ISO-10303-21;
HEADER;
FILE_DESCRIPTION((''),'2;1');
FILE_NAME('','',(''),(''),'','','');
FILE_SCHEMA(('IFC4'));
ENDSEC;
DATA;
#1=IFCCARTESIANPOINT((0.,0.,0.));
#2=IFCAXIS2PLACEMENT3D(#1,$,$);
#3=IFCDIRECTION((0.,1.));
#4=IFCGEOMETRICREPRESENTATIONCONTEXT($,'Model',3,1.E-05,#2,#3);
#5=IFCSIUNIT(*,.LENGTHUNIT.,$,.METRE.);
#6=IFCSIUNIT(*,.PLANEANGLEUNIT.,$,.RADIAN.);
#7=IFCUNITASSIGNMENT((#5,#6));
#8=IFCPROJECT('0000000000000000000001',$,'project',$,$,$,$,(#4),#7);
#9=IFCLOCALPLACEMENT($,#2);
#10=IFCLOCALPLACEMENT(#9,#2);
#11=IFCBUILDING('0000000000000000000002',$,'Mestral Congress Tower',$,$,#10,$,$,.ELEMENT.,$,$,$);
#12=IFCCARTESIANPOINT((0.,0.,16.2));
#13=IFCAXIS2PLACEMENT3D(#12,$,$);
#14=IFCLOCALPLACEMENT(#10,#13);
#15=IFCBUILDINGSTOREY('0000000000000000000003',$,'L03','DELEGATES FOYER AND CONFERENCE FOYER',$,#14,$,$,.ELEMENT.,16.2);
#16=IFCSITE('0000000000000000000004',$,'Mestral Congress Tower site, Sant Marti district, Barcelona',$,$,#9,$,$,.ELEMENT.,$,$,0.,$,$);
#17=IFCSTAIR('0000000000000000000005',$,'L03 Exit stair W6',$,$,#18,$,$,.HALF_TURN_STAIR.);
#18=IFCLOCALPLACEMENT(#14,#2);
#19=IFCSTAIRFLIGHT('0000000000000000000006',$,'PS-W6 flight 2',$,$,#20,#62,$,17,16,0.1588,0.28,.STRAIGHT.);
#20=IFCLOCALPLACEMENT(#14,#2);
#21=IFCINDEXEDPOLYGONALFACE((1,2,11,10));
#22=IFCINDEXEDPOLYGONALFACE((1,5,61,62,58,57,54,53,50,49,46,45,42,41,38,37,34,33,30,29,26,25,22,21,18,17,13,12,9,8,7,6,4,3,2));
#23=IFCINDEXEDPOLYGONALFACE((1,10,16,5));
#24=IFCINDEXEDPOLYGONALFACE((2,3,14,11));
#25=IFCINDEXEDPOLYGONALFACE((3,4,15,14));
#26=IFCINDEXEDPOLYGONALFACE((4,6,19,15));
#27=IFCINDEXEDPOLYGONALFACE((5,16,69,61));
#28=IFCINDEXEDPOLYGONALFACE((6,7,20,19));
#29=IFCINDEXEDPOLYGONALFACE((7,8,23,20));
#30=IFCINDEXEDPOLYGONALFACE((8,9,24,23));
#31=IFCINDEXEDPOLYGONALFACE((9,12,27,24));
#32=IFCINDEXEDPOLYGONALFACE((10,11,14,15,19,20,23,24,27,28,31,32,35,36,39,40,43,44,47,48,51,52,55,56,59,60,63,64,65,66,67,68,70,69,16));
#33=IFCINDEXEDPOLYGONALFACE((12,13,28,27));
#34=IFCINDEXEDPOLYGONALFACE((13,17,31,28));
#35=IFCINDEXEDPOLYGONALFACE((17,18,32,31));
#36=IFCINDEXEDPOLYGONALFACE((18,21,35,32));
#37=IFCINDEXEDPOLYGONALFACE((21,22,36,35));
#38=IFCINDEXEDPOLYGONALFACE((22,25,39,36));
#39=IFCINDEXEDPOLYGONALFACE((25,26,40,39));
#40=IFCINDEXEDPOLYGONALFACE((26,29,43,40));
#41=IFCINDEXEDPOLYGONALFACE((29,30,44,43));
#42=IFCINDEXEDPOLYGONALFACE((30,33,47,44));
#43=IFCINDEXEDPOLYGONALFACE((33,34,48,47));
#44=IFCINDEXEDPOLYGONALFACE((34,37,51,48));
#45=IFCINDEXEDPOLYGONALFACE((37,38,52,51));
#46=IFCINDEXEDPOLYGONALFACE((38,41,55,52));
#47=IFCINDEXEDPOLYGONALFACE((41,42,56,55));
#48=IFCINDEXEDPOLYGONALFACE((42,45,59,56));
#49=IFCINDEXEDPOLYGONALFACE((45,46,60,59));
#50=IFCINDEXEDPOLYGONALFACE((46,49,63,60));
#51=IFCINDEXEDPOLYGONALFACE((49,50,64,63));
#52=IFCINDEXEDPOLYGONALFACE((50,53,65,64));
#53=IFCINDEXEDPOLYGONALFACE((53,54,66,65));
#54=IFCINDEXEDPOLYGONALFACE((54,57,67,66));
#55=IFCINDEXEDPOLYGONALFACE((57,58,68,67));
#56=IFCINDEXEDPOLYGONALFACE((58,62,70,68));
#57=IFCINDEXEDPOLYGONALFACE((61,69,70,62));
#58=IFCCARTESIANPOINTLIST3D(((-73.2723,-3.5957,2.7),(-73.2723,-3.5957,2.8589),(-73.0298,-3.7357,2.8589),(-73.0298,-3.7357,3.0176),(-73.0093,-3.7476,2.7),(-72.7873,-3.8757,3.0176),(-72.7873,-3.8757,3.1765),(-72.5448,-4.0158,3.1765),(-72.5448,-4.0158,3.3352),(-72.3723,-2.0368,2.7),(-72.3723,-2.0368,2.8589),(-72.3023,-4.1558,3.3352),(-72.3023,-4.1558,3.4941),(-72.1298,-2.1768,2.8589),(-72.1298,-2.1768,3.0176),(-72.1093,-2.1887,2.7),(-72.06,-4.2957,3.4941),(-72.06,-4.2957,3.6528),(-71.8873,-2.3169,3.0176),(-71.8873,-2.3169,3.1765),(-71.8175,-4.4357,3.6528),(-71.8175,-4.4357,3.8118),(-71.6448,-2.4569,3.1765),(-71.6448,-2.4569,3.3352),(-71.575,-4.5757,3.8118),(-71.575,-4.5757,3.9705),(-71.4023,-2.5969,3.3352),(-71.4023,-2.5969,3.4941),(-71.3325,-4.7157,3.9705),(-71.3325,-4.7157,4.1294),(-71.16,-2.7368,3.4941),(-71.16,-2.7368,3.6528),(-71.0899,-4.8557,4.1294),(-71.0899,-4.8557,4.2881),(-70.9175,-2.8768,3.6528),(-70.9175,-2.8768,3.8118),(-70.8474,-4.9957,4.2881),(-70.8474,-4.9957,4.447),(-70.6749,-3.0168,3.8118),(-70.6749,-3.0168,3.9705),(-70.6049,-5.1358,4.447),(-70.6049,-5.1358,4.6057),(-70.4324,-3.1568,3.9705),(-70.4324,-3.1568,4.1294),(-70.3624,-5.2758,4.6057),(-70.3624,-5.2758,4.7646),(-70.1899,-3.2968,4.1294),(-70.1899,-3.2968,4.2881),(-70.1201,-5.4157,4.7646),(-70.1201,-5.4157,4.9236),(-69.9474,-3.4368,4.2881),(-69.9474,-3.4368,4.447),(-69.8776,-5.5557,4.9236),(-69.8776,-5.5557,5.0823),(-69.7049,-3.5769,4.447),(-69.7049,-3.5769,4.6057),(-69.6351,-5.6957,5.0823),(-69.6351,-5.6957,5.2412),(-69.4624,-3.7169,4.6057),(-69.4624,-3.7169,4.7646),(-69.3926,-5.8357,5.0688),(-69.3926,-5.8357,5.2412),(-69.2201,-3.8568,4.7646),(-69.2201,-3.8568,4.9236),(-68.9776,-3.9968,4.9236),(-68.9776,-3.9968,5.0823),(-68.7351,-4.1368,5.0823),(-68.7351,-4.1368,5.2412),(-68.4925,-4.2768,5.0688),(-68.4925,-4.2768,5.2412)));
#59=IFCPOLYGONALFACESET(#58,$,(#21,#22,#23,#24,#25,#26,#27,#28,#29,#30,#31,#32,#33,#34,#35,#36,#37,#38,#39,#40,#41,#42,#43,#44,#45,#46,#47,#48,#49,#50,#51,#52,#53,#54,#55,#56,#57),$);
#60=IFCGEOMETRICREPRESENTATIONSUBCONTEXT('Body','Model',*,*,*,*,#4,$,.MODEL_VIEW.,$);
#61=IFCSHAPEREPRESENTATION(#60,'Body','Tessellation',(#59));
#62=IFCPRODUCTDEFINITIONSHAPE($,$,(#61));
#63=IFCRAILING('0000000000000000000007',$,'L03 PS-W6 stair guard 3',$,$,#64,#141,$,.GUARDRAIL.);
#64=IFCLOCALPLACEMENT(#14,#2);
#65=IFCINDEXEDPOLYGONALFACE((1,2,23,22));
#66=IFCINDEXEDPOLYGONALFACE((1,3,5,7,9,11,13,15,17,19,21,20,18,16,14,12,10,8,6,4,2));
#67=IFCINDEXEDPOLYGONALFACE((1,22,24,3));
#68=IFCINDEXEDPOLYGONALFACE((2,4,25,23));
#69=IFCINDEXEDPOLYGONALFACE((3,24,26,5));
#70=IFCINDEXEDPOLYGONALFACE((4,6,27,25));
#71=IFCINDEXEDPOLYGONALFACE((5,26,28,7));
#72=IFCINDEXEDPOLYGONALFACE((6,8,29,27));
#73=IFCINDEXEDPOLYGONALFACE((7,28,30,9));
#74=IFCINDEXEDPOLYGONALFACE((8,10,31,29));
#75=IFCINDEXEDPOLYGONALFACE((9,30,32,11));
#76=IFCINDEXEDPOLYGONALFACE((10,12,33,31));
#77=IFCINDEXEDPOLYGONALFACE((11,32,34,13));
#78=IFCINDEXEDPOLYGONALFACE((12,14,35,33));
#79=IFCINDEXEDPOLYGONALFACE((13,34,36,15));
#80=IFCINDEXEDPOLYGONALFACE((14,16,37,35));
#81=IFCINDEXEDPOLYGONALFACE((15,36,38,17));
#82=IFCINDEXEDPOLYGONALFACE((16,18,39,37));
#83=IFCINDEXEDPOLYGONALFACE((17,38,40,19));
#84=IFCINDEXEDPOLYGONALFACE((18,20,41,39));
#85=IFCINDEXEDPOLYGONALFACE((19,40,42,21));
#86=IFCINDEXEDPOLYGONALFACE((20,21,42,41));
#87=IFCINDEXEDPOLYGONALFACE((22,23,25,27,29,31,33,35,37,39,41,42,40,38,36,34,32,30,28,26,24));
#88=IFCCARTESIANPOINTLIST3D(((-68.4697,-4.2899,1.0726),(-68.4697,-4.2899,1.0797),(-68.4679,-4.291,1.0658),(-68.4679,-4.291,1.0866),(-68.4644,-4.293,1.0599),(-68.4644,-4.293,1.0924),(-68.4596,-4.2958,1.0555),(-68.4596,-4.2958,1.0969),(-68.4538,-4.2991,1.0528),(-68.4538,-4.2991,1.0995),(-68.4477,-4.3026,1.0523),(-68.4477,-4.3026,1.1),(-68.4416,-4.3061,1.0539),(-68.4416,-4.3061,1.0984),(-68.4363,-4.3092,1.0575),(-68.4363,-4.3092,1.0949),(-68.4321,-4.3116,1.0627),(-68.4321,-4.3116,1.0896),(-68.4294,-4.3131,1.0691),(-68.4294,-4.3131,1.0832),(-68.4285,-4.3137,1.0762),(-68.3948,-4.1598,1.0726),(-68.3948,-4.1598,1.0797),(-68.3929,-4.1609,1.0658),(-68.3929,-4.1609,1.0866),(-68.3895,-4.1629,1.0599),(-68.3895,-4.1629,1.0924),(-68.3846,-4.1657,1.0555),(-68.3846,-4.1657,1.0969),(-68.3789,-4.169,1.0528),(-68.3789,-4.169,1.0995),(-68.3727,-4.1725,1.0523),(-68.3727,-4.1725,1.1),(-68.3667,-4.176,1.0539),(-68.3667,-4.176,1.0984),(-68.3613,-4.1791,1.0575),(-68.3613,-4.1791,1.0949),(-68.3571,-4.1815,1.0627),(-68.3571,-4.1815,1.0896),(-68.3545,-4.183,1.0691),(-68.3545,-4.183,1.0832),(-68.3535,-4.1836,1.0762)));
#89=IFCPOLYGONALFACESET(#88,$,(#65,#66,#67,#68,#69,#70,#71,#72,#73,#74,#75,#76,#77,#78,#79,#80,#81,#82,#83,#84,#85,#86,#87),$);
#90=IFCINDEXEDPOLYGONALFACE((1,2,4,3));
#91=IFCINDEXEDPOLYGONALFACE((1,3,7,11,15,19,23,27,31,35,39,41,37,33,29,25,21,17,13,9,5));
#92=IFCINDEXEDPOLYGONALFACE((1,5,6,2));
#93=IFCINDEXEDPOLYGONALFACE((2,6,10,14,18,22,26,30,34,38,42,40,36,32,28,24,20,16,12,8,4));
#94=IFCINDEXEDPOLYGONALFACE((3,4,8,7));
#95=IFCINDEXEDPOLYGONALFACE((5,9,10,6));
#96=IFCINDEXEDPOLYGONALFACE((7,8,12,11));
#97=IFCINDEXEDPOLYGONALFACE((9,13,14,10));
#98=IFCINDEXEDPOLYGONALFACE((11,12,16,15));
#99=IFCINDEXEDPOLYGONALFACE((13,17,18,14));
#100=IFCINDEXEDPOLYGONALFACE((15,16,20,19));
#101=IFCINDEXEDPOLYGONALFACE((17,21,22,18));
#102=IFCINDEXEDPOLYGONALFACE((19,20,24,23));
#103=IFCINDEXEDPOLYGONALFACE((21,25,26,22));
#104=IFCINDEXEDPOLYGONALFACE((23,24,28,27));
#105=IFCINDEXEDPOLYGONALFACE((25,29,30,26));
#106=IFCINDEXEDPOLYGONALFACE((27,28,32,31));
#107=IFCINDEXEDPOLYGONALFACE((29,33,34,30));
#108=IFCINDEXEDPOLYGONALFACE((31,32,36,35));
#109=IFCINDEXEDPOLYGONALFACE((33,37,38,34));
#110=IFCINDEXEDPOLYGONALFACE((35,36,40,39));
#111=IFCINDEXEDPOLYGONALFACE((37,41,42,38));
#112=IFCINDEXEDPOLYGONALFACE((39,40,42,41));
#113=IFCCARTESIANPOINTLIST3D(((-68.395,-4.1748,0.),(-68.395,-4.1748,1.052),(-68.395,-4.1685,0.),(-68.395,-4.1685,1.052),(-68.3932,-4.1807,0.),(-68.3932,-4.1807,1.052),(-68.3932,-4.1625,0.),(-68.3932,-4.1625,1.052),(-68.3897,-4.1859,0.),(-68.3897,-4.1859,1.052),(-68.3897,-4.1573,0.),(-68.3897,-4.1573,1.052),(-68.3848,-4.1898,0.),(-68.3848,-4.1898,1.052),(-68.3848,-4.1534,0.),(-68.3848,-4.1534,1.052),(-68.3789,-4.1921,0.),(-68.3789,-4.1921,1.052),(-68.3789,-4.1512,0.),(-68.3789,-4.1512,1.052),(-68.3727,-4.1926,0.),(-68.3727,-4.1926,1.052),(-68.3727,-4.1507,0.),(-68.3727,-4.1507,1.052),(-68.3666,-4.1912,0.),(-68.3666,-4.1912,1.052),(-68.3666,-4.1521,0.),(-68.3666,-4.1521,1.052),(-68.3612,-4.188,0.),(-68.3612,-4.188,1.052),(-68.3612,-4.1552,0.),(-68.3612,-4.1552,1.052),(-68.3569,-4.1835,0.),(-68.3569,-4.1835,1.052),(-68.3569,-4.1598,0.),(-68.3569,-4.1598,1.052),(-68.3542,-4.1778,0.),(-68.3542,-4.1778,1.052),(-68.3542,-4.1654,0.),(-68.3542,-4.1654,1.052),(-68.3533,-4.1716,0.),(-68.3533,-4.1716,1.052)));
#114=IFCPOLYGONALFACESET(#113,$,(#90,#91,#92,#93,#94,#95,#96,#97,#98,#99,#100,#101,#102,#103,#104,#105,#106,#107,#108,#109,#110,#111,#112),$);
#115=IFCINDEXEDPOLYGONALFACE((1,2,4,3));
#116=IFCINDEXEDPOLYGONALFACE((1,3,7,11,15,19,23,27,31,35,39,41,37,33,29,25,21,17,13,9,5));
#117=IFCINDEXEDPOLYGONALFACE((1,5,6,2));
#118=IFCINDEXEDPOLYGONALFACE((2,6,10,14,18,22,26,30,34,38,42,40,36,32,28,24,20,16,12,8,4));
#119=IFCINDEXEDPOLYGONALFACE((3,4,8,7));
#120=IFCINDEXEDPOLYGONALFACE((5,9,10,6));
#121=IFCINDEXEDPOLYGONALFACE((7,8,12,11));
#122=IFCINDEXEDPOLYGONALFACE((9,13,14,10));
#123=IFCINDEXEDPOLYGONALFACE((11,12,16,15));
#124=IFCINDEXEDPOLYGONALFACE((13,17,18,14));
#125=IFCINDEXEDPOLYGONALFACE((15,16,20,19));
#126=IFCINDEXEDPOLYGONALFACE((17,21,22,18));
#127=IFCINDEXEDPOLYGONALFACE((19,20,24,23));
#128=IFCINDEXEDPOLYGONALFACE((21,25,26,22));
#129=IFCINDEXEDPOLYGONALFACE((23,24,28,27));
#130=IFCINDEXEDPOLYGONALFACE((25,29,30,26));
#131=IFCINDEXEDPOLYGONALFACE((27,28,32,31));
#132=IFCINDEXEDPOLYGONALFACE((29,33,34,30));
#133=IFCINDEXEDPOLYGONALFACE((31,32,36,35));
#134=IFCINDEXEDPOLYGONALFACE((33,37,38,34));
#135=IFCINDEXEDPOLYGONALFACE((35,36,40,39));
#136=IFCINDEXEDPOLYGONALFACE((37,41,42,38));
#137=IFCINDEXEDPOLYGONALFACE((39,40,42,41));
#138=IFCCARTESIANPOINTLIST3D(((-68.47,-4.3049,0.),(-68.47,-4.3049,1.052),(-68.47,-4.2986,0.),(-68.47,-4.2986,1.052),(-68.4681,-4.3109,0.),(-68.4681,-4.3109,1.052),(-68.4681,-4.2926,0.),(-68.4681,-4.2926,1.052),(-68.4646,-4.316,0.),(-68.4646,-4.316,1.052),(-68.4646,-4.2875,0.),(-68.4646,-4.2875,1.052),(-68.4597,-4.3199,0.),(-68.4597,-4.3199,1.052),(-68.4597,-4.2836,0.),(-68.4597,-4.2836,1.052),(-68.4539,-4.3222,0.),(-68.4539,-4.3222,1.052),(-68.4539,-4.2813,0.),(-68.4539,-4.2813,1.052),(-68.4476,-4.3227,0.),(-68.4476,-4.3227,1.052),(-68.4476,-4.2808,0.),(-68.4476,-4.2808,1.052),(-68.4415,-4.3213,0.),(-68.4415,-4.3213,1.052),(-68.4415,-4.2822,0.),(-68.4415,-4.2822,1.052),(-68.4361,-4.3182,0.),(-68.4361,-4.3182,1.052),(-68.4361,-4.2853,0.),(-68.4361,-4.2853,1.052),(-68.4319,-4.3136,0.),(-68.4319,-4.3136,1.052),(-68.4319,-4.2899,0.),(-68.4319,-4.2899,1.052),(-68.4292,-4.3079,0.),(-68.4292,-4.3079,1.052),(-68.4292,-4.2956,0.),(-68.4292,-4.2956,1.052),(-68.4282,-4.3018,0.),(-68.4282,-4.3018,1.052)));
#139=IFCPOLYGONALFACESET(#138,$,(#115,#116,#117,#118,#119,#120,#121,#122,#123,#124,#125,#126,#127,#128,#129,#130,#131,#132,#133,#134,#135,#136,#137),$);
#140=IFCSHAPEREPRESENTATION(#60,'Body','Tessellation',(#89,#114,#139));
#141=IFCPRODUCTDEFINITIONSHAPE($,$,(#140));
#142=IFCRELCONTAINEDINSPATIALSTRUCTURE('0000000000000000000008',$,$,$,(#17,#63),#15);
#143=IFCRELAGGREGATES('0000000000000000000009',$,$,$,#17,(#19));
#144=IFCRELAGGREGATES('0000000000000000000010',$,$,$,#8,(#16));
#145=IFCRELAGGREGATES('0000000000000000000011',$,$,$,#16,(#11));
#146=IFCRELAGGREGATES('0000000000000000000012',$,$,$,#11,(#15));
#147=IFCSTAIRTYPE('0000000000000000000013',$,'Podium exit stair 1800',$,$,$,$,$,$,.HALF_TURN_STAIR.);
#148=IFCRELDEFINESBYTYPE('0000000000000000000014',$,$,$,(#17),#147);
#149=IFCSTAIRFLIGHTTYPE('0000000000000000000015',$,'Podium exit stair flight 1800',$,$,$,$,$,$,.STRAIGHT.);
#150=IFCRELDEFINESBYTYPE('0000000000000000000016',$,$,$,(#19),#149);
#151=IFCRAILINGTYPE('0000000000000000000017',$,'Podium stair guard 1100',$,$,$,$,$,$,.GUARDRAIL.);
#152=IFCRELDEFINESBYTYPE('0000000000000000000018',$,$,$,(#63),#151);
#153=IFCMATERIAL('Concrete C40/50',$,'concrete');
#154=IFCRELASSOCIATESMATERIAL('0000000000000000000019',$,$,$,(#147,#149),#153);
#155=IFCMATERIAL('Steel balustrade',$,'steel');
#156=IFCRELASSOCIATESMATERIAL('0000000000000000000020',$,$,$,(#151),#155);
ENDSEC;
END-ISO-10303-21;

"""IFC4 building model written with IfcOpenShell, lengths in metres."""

from ifc_helpers import new_model, si_unit, direction, frame, origin, origin_2d, place, context, subcontext, project, spatial, polyline, circle, outline, extrude, material, type_object, element, aggregate, save


model = new_model("IFC4")

# Units and contexts
model_context = context("Model", 3, precision=1e-05, world=origin(), true_north=direction((0.0, 1.0)))
body_context = subcontext(model_context, "Body", "Model", "MODEL_VIEW")
ifc_project = project(units=[si_unit("LENGTHUNIT", "METRE"), si_unit("PLANEANGLEUNIT", "RADIAN")], contexts=[model_context])

# Site, building, storey
site_placement = place(None, origin())
site = spatial("IfcSite", under=ifc_project, at=site_placement, Name="Mestral Congress Tower site, Sant Marti district, Barcelona", CompositionType="ELEMENT", RefElevation=0.0)
building_placement = place(site_placement, origin())
building = spatial("IfcBuilding", under=site, at=building_placement, Name="Mestral Congress Tower", CompositionType="ELEMENT")
storey_placement = place(building_placement, frame((0.0, 0.0, 16.2)))
storey = spatial("IfcBuildingStorey", under=building, at=storey_placement, Name="L03", Description="DELEGATES FOYER AND CONFERENCE FOYER", CompositionType="ELEMENT", Elevation=16.2)

# Stair, stair flight
ifc_material_1 = material(Name="Concrete C40/50", Category="concrete")
stair_type = type_object("IfcStairType", Name="Podium exit stair 1800", PredefinedType="HALF_TURN_STAIR", material=ifc_material_1)
stair_placement = place(storey_placement, origin())
stair = element("IfcStair", 1, at=stair_placement, inside=storey, type_object=stair_type, Name="L03 Exit stair W6", PredefinedType="HALF_TURN_STAIR")
stair_flight_type = type_object("IfcStairFlightType", Name="Podium exit stair flight 1800", PredefinedType="STRAIGHT", material=ifc_material_1)
stair_flight_1_placement = place(storey_placement, frame((-72.8223, -2.8162, 2.7), z_axis=(0.0, 0.0, 1.0), x_axis=(0.866025, -0.5, 0.0)))
stair_flight_1 = element("IfcStairFlight", 2, at=stair_flight_1_placement, type_object=stair_flight_type, Name="PS-W6 flight 2", NumberOfRisers=17, NumberOfTreads=16, PredefinedType="STRAIGHT", RiserHeight=0.1588, TreadLength=0.28, context=body_context, shape_type="SweptSolid", body=[
    extrude(outline(polyline([(0.0, 0.0), (0.0, 0.1589), (0.28, 0.1589), (0.28, 0.3176), (0.5601, 0.3176), (0.5601, 0.4766), (0.8401, 0.4766), (0.8401, 0.6353), (1.1201, 0.6353), (1.1201, 0.7942), (1.3999, 0.7942), (1.3999, 0.9529), (1.6799, 0.9529), (1.6799, 1.1118), (1.96, 1.1118), (1.96, 1.2705), (2.24, 1.2705), (2.24, 1.4294), (2.52, 1.4294), (2.52, 1.5881), (2.8, 1.5881), (2.8, 1.7471), (3.0801, 1.7471), (3.0801, 1.9058), (3.3601, 1.9058), (3.3601, 2.0647), (3.6399, 2.0647), (3.6399, 2.2236), (3.9199, 2.2236), (3.9199, 2.3823), (4.2, 2.3823), (4.2, 2.5413), (4.48, 2.5413), (4.48, 2.7), (4.48, 2.3689), (0.3037, 0.0), (0.0, 0.0)])), frame((0.0, 0.8999, 0.0), z_axis=(0.0, -1.0, 0.0), x_axis=(1.0, 0.0, 0.0)), (0.0, 0.0, 1.0), 1.8),
])
aggregate(stair, [stair_flight_1])

# Railing
ifc_material_2 = material(Name="Steel balustrade", Category="steel")
railing_type_1 = type_object("IfcRailingType", Name="Podium stair guard 1100", PredefinedType="GUARDRAIL", material=ifc_material_2)
railing_1_placement = place(storey_placement, frame((-68.3743, -4.1716, 0.0)))
element("IfcRailing", 3, at=railing_1_placement, inside=storey, type_object=railing_type_1, Name="L03 PS-W6 stair guard 3", PredefinedType="GUARDRAIL", context=body_context, shape_type="SweptSolid", body=[
    extrude(circle(Radius=0.0239, at=origin_2d()), frame((0.0, 0.0, 1.0762), z_axis=(-0.499112, -0.866537, 0.0), x_axis=(0.866537, -0.499112, 0.0)), (0.0, 0.0, 1.0), 0.1501),
    extrude(circle(Radius=0.021, at=origin_2d()), origin(), (0.0, 0.0, 1.0), 1.052),
    extrude(circle(Radius=0.021, at=origin_2d()), frame((-0.075, -0.1301, 0.0)), (0.0, 0.0, 1.0), 1.052),
])

save(model, "model.ifc")
